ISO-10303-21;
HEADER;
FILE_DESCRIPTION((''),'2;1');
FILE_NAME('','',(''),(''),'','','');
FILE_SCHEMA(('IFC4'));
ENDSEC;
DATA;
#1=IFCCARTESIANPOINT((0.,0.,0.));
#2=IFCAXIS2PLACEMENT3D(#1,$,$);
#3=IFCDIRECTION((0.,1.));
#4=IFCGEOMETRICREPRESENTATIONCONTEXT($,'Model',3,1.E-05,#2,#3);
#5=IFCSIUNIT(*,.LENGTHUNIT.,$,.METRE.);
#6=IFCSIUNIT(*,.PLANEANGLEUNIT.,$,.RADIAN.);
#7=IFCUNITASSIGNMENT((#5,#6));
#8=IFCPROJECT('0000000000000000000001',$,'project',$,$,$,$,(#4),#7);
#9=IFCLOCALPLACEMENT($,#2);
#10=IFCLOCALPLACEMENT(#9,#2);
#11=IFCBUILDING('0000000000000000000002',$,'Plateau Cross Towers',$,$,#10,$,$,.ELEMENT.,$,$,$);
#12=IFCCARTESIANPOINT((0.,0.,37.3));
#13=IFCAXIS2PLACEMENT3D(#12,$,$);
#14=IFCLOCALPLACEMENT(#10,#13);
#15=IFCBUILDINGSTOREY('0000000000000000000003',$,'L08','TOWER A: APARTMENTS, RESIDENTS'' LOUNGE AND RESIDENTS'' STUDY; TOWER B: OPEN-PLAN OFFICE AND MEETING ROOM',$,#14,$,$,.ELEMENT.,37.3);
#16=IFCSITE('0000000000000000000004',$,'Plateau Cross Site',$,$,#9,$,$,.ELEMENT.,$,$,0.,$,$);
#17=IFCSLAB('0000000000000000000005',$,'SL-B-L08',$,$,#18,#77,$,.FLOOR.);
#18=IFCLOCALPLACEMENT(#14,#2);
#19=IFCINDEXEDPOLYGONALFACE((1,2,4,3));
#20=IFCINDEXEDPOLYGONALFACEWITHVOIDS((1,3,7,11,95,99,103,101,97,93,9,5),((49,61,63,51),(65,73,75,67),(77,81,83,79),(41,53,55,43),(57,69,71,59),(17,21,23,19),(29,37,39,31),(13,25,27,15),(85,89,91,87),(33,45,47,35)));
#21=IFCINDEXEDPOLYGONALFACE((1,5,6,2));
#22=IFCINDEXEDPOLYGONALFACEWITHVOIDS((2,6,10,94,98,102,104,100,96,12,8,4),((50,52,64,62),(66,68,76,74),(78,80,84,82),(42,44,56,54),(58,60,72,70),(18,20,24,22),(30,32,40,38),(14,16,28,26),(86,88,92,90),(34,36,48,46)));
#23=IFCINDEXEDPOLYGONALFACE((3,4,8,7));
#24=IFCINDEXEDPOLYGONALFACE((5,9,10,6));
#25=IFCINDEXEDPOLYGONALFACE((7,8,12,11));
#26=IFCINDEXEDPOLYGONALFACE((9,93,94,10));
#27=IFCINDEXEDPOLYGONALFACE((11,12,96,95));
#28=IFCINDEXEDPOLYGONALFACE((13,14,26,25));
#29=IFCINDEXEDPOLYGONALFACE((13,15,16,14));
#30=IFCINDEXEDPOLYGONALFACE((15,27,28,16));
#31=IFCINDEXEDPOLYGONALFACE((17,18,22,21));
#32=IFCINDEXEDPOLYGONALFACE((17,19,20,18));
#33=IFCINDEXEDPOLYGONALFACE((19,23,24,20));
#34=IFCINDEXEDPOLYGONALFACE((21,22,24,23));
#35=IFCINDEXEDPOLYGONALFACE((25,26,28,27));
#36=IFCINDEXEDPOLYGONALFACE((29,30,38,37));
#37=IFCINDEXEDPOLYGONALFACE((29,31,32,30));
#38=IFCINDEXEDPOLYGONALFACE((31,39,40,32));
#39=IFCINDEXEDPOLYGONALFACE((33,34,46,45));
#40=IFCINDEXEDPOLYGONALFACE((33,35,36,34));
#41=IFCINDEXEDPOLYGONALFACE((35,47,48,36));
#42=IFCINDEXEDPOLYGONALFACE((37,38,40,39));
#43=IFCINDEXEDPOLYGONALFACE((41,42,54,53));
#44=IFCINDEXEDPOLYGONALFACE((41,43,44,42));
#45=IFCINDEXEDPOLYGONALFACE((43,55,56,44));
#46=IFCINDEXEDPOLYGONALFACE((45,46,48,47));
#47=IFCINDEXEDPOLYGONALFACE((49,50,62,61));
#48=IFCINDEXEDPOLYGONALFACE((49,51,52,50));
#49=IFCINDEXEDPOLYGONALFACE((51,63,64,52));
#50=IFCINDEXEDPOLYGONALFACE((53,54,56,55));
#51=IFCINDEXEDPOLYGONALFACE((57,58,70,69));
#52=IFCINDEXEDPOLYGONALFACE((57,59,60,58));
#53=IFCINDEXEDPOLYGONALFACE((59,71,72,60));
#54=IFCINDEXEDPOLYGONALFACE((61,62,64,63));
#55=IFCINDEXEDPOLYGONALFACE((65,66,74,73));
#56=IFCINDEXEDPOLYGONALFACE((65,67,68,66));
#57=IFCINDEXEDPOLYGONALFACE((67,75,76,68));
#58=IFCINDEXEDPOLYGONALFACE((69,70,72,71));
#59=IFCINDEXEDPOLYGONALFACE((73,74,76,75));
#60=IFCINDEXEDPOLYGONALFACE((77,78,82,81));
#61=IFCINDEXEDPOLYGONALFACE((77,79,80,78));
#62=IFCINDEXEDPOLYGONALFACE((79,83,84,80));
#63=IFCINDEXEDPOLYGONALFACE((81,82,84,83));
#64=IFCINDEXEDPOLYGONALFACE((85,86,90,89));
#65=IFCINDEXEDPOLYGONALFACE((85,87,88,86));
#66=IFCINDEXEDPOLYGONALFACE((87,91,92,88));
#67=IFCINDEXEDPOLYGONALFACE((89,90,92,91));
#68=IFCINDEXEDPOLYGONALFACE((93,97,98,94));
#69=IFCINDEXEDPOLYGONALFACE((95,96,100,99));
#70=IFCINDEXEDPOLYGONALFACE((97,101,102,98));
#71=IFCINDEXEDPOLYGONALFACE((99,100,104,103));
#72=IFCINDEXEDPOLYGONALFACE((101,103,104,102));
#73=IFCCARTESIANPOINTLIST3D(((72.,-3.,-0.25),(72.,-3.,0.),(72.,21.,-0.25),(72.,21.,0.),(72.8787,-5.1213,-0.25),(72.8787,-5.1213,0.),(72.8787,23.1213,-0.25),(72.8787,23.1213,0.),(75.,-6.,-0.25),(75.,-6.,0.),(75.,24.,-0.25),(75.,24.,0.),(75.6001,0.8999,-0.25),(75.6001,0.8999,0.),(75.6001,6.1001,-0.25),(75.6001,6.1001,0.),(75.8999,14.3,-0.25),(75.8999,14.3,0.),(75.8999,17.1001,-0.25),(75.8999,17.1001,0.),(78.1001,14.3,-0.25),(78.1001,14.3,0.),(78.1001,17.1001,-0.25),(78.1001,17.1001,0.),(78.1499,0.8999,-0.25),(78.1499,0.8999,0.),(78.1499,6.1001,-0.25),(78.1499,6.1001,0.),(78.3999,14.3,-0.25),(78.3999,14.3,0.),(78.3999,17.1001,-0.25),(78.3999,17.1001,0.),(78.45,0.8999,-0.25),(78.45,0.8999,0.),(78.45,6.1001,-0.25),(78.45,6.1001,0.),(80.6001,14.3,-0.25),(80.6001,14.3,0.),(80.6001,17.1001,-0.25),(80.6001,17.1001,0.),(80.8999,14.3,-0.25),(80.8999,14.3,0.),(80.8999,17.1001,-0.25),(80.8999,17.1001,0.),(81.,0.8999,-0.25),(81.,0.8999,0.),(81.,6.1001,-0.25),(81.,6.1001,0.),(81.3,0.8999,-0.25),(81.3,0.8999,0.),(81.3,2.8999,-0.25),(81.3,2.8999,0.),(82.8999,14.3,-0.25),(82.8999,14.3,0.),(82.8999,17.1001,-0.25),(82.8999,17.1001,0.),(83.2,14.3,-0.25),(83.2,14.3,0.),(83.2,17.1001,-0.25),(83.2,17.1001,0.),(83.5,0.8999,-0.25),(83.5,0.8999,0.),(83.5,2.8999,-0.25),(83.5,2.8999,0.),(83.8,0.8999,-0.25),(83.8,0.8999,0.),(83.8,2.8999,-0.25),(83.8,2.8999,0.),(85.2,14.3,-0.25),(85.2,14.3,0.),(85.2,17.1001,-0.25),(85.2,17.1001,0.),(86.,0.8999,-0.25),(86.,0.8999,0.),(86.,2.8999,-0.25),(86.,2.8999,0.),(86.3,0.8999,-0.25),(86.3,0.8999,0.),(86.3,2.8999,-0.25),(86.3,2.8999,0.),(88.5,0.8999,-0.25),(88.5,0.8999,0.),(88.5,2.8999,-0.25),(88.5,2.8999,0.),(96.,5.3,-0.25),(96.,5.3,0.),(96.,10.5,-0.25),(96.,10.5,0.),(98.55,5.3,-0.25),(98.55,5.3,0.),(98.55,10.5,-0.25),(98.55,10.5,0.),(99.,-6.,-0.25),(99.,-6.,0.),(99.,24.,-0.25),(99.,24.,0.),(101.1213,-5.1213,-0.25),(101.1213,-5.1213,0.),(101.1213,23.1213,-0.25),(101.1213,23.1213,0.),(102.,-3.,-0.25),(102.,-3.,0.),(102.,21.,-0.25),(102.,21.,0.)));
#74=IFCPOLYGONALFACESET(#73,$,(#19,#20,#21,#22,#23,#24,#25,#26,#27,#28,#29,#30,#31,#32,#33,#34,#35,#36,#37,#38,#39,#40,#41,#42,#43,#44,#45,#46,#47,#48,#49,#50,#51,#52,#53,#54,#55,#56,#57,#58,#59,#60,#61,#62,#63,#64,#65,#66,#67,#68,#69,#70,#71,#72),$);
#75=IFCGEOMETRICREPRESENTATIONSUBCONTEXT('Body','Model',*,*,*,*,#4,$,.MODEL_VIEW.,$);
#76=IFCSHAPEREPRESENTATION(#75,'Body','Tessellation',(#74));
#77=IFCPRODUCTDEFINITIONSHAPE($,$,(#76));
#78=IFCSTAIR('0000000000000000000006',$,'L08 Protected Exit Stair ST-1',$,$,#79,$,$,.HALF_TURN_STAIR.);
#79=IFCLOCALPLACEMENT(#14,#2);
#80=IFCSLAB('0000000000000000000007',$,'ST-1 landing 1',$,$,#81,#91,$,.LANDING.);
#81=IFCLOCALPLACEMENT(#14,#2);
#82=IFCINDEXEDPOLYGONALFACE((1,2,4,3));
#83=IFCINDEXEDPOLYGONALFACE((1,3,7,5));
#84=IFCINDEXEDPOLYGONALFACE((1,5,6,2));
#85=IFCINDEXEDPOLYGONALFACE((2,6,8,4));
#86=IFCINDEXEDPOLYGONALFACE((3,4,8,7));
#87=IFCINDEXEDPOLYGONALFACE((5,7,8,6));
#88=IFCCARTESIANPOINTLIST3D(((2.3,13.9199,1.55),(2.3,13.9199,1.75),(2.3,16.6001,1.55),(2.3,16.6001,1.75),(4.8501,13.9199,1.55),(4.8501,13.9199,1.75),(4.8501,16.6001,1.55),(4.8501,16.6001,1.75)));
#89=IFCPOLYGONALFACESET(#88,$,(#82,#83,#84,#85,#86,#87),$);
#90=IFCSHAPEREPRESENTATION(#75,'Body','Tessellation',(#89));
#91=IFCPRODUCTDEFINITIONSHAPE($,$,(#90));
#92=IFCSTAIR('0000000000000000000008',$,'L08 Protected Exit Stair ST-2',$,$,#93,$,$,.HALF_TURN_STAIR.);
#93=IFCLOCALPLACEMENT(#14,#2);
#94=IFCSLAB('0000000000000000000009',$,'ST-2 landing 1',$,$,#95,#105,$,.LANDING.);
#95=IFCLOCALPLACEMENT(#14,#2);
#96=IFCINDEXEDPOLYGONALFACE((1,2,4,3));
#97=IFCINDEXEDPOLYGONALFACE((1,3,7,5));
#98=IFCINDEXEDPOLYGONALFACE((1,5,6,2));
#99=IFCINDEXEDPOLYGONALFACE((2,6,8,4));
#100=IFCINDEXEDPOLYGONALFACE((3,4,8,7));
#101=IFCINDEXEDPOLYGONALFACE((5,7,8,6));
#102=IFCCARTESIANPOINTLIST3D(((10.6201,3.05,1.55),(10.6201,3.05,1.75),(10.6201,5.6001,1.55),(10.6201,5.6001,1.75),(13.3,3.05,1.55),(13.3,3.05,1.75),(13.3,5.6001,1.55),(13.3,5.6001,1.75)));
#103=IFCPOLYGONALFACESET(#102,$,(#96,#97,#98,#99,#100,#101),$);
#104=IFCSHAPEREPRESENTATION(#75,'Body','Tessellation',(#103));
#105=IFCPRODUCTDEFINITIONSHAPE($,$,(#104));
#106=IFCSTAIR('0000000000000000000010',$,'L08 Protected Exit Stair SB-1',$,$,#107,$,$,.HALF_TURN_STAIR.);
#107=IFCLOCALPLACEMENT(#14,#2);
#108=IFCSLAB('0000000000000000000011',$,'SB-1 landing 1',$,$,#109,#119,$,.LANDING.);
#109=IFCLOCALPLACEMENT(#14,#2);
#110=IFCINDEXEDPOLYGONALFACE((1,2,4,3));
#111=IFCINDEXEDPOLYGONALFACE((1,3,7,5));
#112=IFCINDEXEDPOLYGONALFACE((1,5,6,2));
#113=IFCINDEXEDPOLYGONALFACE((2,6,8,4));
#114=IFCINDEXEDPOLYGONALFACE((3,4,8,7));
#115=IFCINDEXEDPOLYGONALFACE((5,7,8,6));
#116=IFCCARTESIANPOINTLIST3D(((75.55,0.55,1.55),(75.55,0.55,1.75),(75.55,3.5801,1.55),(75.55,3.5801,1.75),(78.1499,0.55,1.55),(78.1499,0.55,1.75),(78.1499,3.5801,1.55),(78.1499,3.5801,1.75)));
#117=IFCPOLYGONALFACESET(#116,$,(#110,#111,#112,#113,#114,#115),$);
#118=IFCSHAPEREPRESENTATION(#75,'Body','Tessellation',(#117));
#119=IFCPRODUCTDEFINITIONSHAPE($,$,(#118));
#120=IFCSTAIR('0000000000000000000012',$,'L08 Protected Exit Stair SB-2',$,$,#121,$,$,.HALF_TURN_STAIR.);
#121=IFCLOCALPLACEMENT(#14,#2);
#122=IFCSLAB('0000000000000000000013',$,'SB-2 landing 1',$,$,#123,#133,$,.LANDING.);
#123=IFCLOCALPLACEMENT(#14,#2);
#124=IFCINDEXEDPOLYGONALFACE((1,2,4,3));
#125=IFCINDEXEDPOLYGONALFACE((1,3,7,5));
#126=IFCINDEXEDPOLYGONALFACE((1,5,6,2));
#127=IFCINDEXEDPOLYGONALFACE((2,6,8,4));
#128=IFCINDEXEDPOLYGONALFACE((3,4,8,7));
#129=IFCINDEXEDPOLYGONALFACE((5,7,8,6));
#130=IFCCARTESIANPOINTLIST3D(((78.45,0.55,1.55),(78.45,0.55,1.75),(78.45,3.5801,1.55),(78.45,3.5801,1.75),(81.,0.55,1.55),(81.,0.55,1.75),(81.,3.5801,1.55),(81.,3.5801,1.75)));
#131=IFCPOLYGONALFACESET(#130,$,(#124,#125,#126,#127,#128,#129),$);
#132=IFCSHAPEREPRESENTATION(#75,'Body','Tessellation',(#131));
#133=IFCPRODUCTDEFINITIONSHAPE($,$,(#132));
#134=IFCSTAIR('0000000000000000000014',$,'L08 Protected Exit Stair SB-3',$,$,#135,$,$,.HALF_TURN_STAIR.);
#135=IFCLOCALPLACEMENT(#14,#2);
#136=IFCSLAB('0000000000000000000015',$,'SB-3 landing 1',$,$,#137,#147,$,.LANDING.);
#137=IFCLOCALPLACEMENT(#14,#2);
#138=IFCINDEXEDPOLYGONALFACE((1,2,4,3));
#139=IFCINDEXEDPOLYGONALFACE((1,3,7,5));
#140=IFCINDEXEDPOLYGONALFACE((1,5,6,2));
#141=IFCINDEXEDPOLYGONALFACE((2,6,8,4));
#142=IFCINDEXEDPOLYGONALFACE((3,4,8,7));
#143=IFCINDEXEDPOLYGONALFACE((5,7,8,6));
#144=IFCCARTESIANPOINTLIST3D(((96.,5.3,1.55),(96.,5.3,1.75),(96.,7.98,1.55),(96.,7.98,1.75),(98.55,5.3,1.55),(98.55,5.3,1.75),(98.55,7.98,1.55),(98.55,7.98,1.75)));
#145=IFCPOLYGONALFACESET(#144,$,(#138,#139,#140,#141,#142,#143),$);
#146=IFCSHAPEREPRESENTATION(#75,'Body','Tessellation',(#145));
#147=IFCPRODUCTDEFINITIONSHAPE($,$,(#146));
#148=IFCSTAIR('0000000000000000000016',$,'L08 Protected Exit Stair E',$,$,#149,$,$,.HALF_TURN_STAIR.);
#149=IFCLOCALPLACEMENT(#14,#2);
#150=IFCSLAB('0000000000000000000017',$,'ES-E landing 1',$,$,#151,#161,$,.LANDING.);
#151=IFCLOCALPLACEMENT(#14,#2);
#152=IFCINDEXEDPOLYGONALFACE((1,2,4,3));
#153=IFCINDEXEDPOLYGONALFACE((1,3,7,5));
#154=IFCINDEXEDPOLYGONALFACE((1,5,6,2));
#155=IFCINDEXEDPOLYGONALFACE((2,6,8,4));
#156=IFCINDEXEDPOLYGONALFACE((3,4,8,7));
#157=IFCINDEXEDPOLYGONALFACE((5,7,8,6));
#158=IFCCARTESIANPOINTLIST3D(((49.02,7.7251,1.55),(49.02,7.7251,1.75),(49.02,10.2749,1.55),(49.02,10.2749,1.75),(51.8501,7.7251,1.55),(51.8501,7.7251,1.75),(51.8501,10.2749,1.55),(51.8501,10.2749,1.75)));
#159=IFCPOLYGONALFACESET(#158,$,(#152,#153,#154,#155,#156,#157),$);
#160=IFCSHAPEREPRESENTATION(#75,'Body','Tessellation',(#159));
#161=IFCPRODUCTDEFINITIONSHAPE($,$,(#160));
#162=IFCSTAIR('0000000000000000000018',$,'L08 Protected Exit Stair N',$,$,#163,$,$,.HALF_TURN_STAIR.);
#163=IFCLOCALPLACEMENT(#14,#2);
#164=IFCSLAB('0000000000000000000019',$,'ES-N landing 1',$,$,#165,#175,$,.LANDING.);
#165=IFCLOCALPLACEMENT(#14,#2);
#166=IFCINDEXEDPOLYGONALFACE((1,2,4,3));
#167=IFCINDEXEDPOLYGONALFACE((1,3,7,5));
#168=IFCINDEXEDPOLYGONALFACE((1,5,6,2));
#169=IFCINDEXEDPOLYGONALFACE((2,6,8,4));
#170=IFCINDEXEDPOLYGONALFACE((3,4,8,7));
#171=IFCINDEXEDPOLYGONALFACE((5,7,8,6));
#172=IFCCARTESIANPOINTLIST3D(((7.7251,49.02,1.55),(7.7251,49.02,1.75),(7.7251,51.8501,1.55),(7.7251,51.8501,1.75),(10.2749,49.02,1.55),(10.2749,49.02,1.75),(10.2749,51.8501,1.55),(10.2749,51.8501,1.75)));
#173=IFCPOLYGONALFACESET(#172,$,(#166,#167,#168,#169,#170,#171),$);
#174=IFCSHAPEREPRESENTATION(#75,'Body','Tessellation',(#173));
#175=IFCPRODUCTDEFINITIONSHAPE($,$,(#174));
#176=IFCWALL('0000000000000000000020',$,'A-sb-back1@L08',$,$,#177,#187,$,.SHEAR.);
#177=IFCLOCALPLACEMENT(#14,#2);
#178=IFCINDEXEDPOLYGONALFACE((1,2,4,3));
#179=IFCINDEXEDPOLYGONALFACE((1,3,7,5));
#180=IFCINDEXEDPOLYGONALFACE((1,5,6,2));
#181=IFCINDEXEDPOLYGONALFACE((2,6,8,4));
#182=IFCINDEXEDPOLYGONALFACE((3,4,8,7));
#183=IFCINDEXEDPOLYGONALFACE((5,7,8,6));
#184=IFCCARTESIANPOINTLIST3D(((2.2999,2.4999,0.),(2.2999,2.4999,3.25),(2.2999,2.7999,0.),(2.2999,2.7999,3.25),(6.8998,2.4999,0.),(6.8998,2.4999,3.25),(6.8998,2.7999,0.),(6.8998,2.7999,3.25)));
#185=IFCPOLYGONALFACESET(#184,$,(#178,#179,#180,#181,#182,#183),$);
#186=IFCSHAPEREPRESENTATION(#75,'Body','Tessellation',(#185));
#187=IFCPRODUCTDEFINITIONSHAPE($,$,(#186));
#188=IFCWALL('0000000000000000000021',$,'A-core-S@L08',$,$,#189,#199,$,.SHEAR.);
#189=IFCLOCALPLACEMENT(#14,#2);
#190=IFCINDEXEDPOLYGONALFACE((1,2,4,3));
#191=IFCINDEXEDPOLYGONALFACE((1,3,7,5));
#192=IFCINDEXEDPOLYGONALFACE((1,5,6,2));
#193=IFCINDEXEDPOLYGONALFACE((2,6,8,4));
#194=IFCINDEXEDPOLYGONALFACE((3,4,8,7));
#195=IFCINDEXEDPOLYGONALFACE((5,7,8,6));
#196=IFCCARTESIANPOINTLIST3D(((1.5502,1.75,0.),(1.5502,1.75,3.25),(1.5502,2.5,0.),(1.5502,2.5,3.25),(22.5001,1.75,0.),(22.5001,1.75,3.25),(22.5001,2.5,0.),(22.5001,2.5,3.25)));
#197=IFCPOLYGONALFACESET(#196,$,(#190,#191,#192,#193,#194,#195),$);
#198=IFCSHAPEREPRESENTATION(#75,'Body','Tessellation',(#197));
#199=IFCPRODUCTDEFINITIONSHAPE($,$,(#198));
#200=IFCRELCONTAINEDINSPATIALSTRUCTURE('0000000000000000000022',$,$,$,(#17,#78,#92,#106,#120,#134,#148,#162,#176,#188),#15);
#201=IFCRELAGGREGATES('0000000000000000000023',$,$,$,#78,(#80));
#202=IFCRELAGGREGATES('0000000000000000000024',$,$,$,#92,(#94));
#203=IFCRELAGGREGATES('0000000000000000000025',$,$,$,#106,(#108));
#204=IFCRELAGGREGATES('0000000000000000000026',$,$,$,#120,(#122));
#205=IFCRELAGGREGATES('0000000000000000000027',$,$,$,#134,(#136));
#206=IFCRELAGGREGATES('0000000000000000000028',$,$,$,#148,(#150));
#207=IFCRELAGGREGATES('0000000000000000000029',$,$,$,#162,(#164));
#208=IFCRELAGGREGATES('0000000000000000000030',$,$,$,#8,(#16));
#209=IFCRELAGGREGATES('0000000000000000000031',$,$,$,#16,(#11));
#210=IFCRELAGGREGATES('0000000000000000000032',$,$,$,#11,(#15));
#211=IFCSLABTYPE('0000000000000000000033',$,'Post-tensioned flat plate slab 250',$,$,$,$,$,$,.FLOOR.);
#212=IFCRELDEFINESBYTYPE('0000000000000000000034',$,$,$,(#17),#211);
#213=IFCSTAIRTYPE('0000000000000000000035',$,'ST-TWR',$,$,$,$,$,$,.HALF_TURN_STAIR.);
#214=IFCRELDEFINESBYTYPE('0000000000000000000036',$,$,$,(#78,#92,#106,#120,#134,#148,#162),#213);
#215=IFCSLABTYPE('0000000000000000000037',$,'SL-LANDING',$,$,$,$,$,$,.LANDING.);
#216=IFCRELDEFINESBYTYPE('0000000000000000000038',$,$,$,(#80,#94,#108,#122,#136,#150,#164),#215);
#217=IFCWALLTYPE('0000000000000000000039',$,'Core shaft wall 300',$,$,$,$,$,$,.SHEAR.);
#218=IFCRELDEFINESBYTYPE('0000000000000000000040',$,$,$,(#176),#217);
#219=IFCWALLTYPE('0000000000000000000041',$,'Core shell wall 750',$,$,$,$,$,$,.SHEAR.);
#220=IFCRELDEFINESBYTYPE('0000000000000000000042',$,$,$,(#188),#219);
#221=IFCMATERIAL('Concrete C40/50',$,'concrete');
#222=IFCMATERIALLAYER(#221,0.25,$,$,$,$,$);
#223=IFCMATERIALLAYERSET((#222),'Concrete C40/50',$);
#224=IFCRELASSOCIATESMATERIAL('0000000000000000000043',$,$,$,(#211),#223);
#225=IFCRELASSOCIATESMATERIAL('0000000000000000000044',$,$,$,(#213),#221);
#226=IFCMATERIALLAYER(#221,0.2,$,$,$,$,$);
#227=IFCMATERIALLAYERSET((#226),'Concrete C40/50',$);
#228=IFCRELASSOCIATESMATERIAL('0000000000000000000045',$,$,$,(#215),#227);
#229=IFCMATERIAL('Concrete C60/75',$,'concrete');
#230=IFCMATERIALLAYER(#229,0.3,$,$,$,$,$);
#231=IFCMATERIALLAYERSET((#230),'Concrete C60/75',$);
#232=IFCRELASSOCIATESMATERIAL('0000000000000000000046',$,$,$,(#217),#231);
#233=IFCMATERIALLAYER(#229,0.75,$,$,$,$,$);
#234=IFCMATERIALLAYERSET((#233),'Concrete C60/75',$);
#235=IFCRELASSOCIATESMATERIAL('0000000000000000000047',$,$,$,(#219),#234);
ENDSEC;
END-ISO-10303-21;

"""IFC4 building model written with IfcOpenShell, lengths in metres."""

from ifc_helpers import new_model, si_unit, direction, frame, frame_2d, origin, place, context, subcontext, project, spatial, polyline, rectangle, outline, extrude, material, layer, layer_set, type_object, element, aggregate, save


model = new_model("IFC4")

# Units and contexts
model_context = context("Model", 3, precision=1e-05, world=origin(), true_north=direction((0.0, 1.0)))
body_context = subcontext(model_context, "Body", "Model", "MODEL_VIEW")
ifc_project = project(units=[si_unit("LENGTHUNIT", "METRE"), si_unit("PLANEANGLEUNIT", "RADIAN")], contexts=[model_context])

# Site, building, storey
site_placement = place(None, origin())
site = spatial("IfcSite", under=ifc_project, at=site_placement, Name="Plateau Cross Site", CompositionType="ELEMENT", RefElevation=0.0)
building_placement = place(site_placement, origin())
building = spatial("IfcBuilding", under=site, at=building_placement, Name="Plateau Cross Towers", CompositionType="ELEMENT")
storey_placement = place(building_placement, frame((0.0, 0.0, 37.3)))
storey = spatial("IfcBuildingStorey", under=building, at=storey_placement, Name="L08", Description="TOWER A: APARTMENTS, RESIDENTS' LOUNGE AND RESIDENTS' STUDY; TOWER B: OPEN-PLAN OFFICE AND MEETING ROOM", CompositionType="ELEMENT", Elevation=37.3)

# Shared definitions
ifc_material_1 = material(Name="Concrete C60/75", Category="concrete")

# Shared definitions
ifc_material_2 = material(Name="Concrete C40/50", Category="concrete")

# Slab
ifc_layer_1 = layer(ifc_material_2, 0.25)
ifc_layer_set_1 = layer_set([ifc_layer_1], Name="Concrete C40/50")
slab_type_1 = type_object("IfcSlabType", Name="Post-tensioned flat plate slab 250", PredefinedType="FLOOR", material=ifc_layer_set_1)
slab_1_placement = place(storey_placement, frame((0.0, 0.0, -0.25)))
element("IfcSlab", 1, at=slab_1_placement, inside=storey, type_object=slab_type_1, Name="SL-B-L08", PredefinedType="FLOOR", context=body_context, shape_type="SweptSolid", body=[
    extrude(outline(polyline([(72.8787, -5.1213), (72.0, -3.0), (72.0, 21.0), (72.8787, 23.1213), (75.0, 24.0), (99.0, 24.0), (101.1213, 23.1213), (102.0, 21.0), (102.0, -3.0), (101.1213, -5.1213), (99.0, -6.0), (75.0, -6.0), (72.8787, -5.1213)]), holes=[polyline([(75.6001, 0.8999), (78.1499, 0.8999), (78.1499, 6.1001), (75.6001, 6.1001), (75.6001, 0.8999)]), polyline([(78.1001, 14.3), (78.1001, 17.1001), (75.8999, 17.1001), (75.8999, 14.3), (78.1001, 14.3)]), polyline([(83.5, 0.8999), (83.5, 2.8999), (81.3, 2.8999), (81.3, 0.8999), (83.5, 0.8999)]), polyline([(86.0, 0.8999), (86.0, 2.8999), (83.8, 2.8999), (83.8, 0.8999), (86.0, 0.8999)]), polyline([(88.5, 0.8999), (88.5, 2.8999), (86.3, 2.8999), (86.3, 0.8999), (88.5, 0.8999)]), polyline([(78.45, 0.8999), (81.0, 0.8999), (81.0, 6.1001), (78.45, 6.1001), (78.45, 0.8999)]), polyline([(96.0, 5.3), (98.55, 5.3), (98.55, 10.5), (96.0, 10.5), (96.0, 5.3)]), polyline([(80.6001, 14.3), (80.6001, 17.1001), (78.3999, 17.1001), (78.3999, 14.3), (80.6001, 14.3)]), polyline([(80.8999, 14.3), (82.8999, 14.3), (82.8999, 17.1001), (80.8999, 17.1001), (80.8999, 14.3)]), polyline([(83.2, 14.3), (85.2, 14.3), (85.2, 17.1001), (83.2, 17.1001), (83.2, 14.3)])]), origin(), (0.0, 0.0, 1.0), 0.25),
])

# Stairs, slabs
stair_type = type_object("IfcStairType", Name="ST-TWR", PredefinedType="HALF_TURN_STAIR", material=ifc_material_2)
stair_1_placement = place(storey_placement, origin())
stair_1 = element("IfcStair", 2, at=stair_1_placement, inside=storey, type_object=stair_type, Name="L08 Protected Exit Stair ST-1", PredefinedType="HALF_TURN_STAIR")
ifc_layer_2 = layer(ifc_material_2, 0.2)
ifc_layer_set_2 = layer_set([ifc_layer_2], Name="Concrete C40/50")
slab_type_2 = type_object("IfcSlabType", Name="SL-LANDING", PredefinedType="LANDING", material=ifc_layer_set_2)
slab_2_placement = place(storey_placement, frame((0.0, 0.0, 1.55)))
slab_2 = element("IfcSlab", 3, at=slab_2_placement, type_object=slab_type_2, Name="ST-1 landing 1", PredefinedType="LANDING", context=body_context, shape_type="SweptSolid", body=[
    extrude(outline(polyline([(4.8501, 13.9199), (4.8501, 16.6001), (2.3, 16.6001), (2.3, 13.9199), (4.8501, 13.9199)])), origin(), (0.0, 0.0, 1.0), 0.2),
])
aggregate(stair_1, [slab_2])
stair_2_placement = place(storey_placement, origin())
stair_2 = element("IfcStair", 4, at=stair_2_placement, inside=storey, type_object=stair_type, Name="L08 Protected Exit Stair ST-2", PredefinedType="HALF_TURN_STAIR")
slab_3_placement = place(storey_placement, frame((0.0, 0.0, 1.55)))
slab_3 = element("IfcSlab", 5, at=slab_3_placement, type_object=slab_type_2, Name="ST-2 landing 1", PredefinedType="LANDING", context=body_context, shape_type="SweptSolid", body=[
    extrude(outline(polyline([(10.6201, 3.05), (13.3, 3.05), (13.3, 5.6001), (10.6201, 5.6001), (10.6201, 3.05)])), origin(), (0.0, 0.0, 1.0), 0.2),
])
aggregate(stair_2, [slab_3])
stair_3_placement = place(storey_placement, origin())
stair_3 = element("IfcStair", 6, at=stair_3_placement, inside=storey, type_object=stair_type, Name="L08 Protected Exit Stair SB-1", PredefinedType="HALF_TURN_STAIR")
slab_4_placement = place(storey_placement, frame((0.0, 0.0, 1.55)))
slab_4 = element("IfcSlab", 7, at=slab_4_placement, type_object=slab_type_2, Name="SB-1 landing 1", PredefinedType="LANDING", context=body_context, shape_type="SweptSolid", body=[
    extrude(outline(polyline([(75.55, 3.5801), (75.55, 0.55), (78.1499, 0.55), (78.1499, 3.5801), (75.55, 3.5801)])), origin(), (0.0, 0.0, 1.0), 0.2),
])
aggregate(stair_3, [slab_4])
stair_4_placement = place(storey_placement, origin())
stair_4 = element("IfcStair", 8, at=stair_4_placement, inside=storey, type_object=stair_type, Name="L08 Protected Exit Stair SB-2", PredefinedType="HALF_TURN_STAIR")
slab_5_placement = place(storey_placement, frame((0.0, 0.0, 1.55)))
slab_5 = element("IfcSlab", 9, at=slab_5_placement, type_object=slab_type_2, Name="SB-2 landing 1", PredefinedType="LANDING", context=body_context, shape_type="SweptSolid", body=[
    extrude(outline(polyline([(78.45, 3.5801), (78.45, 0.55), (81.0, 0.55), (81.0, 3.5801), (78.45, 3.5801)])), origin(), (0.0, 0.0, 1.0), 0.2),
])
aggregate(stair_4, [slab_5])
stair_5_placement = place(storey_placement, origin())
stair_5 = element("IfcStair", 10, at=stair_5_placement, inside=storey, type_object=stair_type, Name="L08 Protected Exit Stair SB-3", PredefinedType="HALF_TURN_STAIR")
slab_6_placement = place(storey_placement, frame((0.0, 0.0, 1.55)))
slab_6 = element("IfcSlab", 11, at=slab_6_placement, type_object=slab_type_2, Name="SB-3 landing 1", PredefinedType="LANDING", context=body_context, shape_type="SweptSolid", body=[
    extrude(outline(polyline([(96.0, 7.98), (96.0, 5.3), (98.55, 5.3), (98.55, 7.98), (96.0, 7.98)])), origin(), (0.0, 0.0, 1.0), 0.2),
])
aggregate(stair_5, [slab_6])
stair_6_placement = place(storey_placement, origin())
stair_6 = element("IfcStair", 12, at=stair_6_placement, inside=storey, type_object=stair_type, Name="L08 Protected Exit Stair E", PredefinedType="HALF_TURN_STAIR")
slab_7_placement = place(storey_placement, frame((0.0, 0.0, 1.55)))
slab_7 = element("IfcSlab", 13, at=slab_7_placement, type_object=slab_type_2, Name="ES-E landing 1", PredefinedType="LANDING", context=body_context, shape_type="SweptSolid", body=[
    extrude(outline(polyline([(49.02, 7.7251), (51.8501, 7.7251), (51.8501, 10.2749), (49.02, 10.2749), (49.02, 7.7251)])), origin(), (0.0, 0.0, 1.0), 0.2),
])
aggregate(stair_6, [slab_7])
stair_7_placement = place(storey_placement, origin())
stair_7 = element("IfcStair", 14, at=stair_7_placement, inside=storey, type_object=stair_type, Name="L08 Protected Exit Stair N", PredefinedType="HALF_TURN_STAIR")
slab_8_placement = place(storey_placement, frame((0.0, 0.0, 1.55)))
slab_8 = element("IfcSlab", 15, at=slab_8_placement, type_object=slab_type_2, Name="ES-N landing 1", PredefinedType="LANDING", context=body_context, shape_type="SweptSolid", body=[
    extrude(outline(polyline([(10.2749, 49.02), (10.2749, 51.8501), (7.7251, 51.8501), (7.7251, 49.02), (10.2749, 49.02)])), origin(), (0.0, 0.0, 1.0), 0.2),
])
aggregate(stair_7, [slab_8])

# Walls
ifc_layer_3 = layer(ifc_material_1, 0.3)
ifc_layer_set_3 = layer_set([ifc_layer_3], Name="Concrete C60/75")
wall_type_1 = type_object("IfcWallType", Name="Core shaft wall 300", PredefinedType="SHEAR", material=ifc_layer_set_3)
wall_1_placement = place(storey_placement, frame((2.3, 2.6499, 0.0), z_axis=(0.0, 0.0, 1.0), x_axis=(1.0, 0.0, 0.0)))
element("IfcWall", 16, at=wall_1_placement, inside=storey, type_object=wall_type_1, Name="A-sb-back1@L08", PredefinedType="SHEAR", context=body_context, shape_type="SweptSolid", body=[
    extrude(rectangle(XDim=4.5999, YDim=0.3, at=frame_2d((2.2998, 0.0))), origin(), (0.0, 0.0, 1.0), 3.25),
])
ifc_layer_4 = layer(ifc_material_1, 0.75)
ifc_layer_set_4 = layer_set([ifc_layer_4], Name="Concrete C60/75")
wall_type_2 = type_object("IfcWallType", Name="Core shell wall 750", PredefinedType="SHEAR", material=ifc_layer_set_4)
wall_2_placement = place(storey_placement, frame((1.55, 2.125, 0.0), z_axis=(0.0, 0.0, 1.0), x_axis=(1.0, 0.0, 0.0)))
element("IfcWall", 17, at=wall_2_placement, inside=storey, type_object=wall_type_2, Name="A-core-S@L08", PredefinedType="SHEAR", context=body_context, shape_type="SweptSolid", body=[
    extrude(rectangle(XDim=20.95, YDim=0.75, at=frame_2d((10.4751, 0.0))), origin(), (0.0, 0.0, 1.0), 3.25),
])

save(model, "model.ifc")
